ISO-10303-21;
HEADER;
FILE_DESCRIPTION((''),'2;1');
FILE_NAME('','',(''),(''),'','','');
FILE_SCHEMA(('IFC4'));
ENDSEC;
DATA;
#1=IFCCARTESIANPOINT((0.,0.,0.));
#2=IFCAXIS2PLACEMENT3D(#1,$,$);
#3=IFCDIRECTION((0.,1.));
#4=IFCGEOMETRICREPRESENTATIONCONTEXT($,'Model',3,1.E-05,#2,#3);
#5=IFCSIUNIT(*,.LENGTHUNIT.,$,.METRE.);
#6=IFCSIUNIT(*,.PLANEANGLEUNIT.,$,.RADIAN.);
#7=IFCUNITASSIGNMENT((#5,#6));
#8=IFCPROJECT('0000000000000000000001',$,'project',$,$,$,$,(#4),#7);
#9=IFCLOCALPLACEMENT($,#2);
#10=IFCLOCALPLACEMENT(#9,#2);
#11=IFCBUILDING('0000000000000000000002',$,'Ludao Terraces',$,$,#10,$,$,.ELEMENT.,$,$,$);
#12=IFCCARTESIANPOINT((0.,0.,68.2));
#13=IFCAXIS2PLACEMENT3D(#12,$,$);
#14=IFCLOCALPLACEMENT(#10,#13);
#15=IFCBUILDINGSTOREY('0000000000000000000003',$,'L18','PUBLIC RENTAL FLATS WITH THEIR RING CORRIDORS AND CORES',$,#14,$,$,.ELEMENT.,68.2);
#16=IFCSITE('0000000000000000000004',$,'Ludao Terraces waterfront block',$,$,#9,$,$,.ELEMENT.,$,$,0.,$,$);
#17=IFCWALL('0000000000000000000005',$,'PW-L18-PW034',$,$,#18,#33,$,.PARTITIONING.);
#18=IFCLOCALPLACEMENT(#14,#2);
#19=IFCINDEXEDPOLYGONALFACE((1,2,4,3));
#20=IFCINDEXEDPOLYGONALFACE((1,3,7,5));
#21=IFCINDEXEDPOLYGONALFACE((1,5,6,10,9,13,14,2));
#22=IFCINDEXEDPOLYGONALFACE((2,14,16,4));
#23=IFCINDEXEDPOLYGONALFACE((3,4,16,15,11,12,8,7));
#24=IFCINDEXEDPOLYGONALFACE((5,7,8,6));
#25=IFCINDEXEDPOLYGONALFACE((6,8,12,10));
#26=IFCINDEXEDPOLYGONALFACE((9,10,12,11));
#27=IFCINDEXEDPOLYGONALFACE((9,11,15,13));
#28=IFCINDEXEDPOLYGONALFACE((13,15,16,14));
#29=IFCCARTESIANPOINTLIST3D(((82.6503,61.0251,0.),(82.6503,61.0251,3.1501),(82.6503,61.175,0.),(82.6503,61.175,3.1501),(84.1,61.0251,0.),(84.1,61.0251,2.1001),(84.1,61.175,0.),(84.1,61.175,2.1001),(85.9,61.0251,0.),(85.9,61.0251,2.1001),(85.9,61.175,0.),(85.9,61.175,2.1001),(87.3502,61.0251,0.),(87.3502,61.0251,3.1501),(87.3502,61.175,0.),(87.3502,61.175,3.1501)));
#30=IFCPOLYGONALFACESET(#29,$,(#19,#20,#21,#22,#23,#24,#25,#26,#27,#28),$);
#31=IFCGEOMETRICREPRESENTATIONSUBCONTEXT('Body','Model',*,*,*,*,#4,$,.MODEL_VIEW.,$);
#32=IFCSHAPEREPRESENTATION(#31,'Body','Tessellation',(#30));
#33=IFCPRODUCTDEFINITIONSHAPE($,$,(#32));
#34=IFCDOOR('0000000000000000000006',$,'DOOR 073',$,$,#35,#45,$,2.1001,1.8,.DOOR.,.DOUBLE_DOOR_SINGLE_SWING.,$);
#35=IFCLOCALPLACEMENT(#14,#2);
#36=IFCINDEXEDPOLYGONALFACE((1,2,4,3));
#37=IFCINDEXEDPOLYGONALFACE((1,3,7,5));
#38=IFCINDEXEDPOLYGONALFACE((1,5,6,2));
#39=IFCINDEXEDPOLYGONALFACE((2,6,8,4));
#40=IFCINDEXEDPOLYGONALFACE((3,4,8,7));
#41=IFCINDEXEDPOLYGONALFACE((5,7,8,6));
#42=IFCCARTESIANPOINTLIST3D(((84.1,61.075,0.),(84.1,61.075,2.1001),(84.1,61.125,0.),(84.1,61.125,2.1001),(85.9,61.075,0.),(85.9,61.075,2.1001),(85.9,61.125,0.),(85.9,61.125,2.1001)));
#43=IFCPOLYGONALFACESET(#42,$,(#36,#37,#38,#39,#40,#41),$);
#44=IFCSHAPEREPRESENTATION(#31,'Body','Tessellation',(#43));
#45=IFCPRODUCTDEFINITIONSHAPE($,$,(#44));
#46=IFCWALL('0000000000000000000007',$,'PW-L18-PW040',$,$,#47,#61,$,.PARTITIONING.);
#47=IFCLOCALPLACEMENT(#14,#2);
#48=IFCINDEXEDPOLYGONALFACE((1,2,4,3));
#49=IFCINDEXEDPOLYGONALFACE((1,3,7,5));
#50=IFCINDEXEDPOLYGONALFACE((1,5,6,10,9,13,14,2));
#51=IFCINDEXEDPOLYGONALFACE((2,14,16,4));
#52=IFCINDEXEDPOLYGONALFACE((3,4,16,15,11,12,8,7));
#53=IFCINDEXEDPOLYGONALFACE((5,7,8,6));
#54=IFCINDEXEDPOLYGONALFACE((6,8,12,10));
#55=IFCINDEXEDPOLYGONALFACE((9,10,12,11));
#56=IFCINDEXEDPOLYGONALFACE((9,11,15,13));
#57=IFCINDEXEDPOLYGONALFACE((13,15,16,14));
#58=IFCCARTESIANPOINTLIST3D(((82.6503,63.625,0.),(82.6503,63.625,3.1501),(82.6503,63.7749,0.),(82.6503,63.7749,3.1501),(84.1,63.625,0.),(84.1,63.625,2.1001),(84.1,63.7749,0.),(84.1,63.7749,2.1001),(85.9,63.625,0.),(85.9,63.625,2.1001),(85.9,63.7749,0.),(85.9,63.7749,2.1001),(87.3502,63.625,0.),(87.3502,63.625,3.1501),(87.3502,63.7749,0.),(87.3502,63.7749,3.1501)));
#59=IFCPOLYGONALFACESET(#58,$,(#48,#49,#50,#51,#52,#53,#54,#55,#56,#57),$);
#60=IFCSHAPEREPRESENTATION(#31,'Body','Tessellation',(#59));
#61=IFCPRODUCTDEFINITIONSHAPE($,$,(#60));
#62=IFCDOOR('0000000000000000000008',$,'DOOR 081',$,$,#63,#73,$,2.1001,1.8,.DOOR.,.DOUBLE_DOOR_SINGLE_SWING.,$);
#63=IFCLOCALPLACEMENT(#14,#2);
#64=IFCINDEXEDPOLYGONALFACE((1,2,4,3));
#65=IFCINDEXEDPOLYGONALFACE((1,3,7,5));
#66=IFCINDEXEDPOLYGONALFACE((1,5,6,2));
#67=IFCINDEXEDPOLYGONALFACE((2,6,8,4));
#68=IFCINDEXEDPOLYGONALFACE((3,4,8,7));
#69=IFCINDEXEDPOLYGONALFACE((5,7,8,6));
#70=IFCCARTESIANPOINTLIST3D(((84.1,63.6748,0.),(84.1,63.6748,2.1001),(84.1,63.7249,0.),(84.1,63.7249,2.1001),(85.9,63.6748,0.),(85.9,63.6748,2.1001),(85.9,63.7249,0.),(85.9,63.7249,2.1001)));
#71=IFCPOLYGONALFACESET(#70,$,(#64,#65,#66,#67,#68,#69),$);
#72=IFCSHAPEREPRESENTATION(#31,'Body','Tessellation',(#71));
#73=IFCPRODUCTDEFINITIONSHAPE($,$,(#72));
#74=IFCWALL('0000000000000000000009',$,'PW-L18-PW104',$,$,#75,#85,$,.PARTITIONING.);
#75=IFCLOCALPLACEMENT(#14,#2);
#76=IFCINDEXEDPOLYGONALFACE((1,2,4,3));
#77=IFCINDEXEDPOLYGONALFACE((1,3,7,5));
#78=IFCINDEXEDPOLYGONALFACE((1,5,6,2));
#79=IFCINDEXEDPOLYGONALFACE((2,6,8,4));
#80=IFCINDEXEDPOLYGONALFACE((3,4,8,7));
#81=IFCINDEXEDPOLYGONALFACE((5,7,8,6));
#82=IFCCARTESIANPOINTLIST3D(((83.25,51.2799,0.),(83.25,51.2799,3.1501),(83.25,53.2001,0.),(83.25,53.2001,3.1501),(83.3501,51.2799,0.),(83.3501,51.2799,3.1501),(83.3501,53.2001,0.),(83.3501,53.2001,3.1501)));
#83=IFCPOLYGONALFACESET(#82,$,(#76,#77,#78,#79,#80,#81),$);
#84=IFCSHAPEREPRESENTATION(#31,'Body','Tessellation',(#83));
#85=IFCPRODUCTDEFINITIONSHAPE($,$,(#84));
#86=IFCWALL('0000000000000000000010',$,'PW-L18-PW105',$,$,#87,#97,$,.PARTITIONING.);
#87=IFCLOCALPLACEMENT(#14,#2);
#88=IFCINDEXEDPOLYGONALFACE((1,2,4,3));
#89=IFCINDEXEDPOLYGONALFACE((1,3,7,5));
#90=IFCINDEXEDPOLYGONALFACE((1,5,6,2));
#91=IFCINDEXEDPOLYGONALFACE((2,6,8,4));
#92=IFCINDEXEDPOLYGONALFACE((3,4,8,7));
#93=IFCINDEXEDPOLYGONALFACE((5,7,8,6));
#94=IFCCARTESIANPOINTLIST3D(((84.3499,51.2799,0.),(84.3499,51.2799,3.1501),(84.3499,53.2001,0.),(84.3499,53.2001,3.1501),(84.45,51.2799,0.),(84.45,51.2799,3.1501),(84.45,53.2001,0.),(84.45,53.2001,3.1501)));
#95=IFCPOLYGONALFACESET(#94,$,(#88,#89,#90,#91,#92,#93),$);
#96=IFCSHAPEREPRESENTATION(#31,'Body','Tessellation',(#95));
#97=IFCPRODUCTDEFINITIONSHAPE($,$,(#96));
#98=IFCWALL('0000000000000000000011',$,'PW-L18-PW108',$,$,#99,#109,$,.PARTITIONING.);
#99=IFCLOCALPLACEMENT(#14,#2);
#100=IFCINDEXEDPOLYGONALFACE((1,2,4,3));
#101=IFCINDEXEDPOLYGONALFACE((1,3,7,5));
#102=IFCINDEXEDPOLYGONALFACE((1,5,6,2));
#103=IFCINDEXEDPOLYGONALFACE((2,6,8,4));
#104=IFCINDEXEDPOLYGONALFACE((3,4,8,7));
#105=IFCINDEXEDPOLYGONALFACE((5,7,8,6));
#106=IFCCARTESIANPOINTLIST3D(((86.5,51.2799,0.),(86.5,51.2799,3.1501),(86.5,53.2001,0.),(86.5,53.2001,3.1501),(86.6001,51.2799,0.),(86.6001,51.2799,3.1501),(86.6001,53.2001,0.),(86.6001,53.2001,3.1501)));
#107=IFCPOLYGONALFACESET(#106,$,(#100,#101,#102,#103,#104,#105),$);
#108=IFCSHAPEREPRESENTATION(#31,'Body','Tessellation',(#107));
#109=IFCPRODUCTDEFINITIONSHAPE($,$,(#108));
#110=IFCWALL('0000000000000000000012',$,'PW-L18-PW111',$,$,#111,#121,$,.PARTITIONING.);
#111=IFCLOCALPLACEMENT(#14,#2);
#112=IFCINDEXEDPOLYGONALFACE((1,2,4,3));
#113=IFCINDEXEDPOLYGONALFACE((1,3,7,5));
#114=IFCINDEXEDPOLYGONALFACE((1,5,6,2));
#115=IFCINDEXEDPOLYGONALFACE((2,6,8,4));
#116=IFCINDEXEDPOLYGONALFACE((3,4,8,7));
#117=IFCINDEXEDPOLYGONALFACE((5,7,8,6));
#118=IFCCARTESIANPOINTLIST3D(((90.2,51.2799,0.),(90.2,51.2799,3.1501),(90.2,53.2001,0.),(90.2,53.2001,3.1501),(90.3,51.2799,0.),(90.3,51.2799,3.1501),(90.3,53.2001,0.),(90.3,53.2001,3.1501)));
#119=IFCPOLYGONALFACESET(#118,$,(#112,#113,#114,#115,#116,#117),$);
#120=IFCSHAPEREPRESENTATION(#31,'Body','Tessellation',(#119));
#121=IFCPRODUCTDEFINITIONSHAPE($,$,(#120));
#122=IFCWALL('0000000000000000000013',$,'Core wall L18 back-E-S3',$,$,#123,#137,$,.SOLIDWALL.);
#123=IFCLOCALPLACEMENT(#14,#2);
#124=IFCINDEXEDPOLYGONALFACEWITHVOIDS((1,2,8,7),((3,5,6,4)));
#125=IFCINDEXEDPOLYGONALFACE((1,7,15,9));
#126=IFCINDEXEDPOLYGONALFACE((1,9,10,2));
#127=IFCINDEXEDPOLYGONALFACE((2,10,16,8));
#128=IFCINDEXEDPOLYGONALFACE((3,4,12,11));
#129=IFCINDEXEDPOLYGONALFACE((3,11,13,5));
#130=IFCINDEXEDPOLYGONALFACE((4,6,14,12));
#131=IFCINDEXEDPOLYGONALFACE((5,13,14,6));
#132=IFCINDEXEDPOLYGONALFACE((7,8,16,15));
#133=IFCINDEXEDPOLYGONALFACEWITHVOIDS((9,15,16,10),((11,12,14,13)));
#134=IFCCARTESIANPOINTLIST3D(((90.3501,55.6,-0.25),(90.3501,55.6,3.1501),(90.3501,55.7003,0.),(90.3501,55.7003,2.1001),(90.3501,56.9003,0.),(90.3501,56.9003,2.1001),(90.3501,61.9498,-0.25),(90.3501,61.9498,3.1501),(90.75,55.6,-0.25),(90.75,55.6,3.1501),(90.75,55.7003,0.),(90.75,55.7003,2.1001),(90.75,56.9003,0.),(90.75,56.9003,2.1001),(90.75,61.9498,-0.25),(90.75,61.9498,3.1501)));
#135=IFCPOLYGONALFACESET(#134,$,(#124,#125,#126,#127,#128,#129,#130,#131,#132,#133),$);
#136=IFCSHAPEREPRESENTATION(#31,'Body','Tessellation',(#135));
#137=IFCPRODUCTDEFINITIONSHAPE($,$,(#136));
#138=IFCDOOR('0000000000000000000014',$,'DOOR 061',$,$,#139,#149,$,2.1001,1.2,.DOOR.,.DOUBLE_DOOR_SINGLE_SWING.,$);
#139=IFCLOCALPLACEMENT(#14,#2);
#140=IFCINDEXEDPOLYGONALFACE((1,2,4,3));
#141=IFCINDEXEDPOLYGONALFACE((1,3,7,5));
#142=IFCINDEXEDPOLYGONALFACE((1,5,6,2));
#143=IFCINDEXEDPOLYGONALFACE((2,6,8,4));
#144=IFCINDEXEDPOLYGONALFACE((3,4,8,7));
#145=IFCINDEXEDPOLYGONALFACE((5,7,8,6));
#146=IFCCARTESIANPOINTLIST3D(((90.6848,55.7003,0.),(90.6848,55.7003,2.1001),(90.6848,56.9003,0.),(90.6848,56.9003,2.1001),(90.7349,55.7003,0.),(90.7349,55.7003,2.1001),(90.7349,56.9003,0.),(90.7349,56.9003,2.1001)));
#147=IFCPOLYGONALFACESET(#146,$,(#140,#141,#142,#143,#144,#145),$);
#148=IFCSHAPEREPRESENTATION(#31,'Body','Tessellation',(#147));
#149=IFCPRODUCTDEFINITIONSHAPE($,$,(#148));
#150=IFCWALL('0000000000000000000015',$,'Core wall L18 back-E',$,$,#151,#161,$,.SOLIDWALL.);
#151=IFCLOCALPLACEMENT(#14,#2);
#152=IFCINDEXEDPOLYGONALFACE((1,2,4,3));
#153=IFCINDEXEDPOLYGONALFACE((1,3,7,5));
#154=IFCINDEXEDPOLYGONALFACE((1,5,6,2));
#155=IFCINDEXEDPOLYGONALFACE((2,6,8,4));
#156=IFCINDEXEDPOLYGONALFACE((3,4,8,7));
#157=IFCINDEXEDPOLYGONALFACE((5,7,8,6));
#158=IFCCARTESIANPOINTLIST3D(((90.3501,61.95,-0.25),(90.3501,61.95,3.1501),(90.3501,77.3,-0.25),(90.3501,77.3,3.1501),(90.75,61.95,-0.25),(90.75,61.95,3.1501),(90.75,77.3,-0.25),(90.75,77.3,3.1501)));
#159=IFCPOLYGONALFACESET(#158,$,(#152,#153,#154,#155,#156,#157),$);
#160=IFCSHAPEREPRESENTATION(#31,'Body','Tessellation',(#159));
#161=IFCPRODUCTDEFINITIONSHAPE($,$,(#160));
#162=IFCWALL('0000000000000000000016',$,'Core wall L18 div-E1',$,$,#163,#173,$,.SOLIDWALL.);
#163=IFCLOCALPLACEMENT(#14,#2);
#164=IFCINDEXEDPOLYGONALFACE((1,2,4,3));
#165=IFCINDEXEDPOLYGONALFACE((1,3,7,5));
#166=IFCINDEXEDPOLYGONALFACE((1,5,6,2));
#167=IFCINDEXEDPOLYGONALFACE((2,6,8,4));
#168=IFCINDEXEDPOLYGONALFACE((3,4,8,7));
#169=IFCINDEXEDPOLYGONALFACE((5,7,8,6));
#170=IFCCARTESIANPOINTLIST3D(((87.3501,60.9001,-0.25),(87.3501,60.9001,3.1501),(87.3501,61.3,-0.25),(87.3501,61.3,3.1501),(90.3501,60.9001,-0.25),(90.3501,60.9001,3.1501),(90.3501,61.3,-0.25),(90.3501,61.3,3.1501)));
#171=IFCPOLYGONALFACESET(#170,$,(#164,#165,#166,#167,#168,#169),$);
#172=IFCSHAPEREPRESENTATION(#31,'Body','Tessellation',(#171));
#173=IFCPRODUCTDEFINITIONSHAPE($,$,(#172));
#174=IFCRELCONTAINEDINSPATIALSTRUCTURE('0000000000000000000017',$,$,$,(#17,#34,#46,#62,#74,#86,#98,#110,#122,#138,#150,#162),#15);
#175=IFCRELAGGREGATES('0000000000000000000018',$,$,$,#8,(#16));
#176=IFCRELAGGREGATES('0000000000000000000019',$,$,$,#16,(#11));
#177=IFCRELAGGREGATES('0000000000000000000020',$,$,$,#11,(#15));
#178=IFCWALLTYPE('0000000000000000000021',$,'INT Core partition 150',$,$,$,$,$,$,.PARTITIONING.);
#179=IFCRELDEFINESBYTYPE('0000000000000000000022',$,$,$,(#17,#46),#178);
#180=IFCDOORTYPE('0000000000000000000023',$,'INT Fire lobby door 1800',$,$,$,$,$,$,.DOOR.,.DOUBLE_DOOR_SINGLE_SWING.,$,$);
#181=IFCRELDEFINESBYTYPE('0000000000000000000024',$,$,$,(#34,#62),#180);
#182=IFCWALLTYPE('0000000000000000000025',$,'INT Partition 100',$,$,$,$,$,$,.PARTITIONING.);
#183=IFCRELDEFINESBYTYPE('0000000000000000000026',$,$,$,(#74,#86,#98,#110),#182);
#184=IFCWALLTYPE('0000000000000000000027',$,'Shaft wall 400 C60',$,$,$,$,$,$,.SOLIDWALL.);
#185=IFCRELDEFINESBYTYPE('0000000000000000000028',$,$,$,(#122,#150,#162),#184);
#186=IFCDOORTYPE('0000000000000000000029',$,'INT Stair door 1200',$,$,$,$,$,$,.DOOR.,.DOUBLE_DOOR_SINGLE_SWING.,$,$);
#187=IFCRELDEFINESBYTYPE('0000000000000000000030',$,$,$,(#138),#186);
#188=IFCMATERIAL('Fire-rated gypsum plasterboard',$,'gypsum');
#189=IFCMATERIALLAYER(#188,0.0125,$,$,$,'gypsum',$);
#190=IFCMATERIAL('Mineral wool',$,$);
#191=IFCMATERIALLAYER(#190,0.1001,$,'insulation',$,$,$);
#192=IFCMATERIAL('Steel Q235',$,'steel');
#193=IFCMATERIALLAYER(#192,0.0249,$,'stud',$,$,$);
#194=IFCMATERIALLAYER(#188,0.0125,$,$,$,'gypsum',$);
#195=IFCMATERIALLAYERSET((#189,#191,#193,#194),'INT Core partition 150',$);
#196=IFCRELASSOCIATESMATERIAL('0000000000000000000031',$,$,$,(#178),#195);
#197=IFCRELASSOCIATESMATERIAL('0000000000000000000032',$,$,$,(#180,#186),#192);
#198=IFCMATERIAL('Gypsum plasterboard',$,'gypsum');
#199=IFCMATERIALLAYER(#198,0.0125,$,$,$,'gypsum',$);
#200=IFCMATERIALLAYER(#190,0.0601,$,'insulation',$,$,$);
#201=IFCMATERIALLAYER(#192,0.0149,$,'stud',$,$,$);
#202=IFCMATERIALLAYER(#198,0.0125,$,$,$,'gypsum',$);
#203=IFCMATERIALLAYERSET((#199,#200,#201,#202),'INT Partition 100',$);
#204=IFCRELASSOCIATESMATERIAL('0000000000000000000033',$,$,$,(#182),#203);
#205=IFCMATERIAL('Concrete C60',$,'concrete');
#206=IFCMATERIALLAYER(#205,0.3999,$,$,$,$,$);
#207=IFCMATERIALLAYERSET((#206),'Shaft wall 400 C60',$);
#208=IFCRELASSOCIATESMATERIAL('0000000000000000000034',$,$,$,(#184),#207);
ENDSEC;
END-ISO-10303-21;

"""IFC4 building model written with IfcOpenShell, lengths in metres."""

from ifc_helpers import new_model, si_unit, direction, frame, frame_2d, origin, place, context, subcontext, project, spatial, rectangle, extrude, material, layer, layer_set, type_object, element, fill, save


model = new_model("IFC4")

# Units and contexts
model_context = context("Model", 3, precision=1e-05, world=origin(), true_north=direction((0.0, 1.0)))
body_context = subcontext(model_context, "Body", "Model", "MODEL_VIEW")
ifc_project = project(units=[si_unit("LENGTHUNIT", "METRE"), si_unit("PLANEANGLEUNIT", "RADIAN")], contexts=[model_context])

# Site, building, storey
site_placement = place(None, origin())
site = spatial("IfcSite", under=ifc_project, at=site_placement, Name="Ludao Terraces waterfront block", CompositionType="ELEMENT", RefElevation=0.0)
building_placement = place(site_placement, origin())
building = spatial("IfcBuilding", under=site, at=building_placement, Name="Ludao Terraces", CompositionType="ELEMENT")
storey_placement = place(building_placement, frame((0.0, 0.0, 68.2)))
storey = spatial("IfcBuildingStorey", under=building, at=storey_placement, Name="L18", Description="PUBLIC RENTAL FLATS WITH THEIR RING CORRIDORS AND CORES", CompositionType="ELEMENT", Elevation=68.2)

# Walls, openings, doors
ifc_material_1 = material(Name="Fire-rated gypsum plasterboard", Category="gypsum")
ifc_layer_1 = layer(ifc_material_1, 0.0125, Category="gypsum")
ifc_material_2 = material(Name="Mineral wool")
ifc_layer_2 = layer(ifc_material_2, 0.1001, Name="insulation")
ifc_material_3 = material(Name="Steel Q235", Category="steel")
ifc_layer_3 = layer(ifc_material_3, 0.0249, Name="stud")
ifc_layer_4 = layer(ifc_material_1, 0.0125, Category="gypsum")
ifc_layer_set_1 = layer_set([ifc_layer_1, ifc_layer_2, ifc_layer_3, ifc_layer_4], Name="INT Core partition 150")
wall_type_1 = type_object("IfcWallType", Name="INT Core partition 150", PredefinedType="PARTITIONING", material=ifc_layer_set_1)
wall_1_placement = place(storey_placement, frame((82.6501, 61.1001, 0.0), z_axis=(0.0, 0.0, 1.0), x_axis=(1.0, 0.0, 0.0)))
wall_1 = element("IfcWall", 1, at=wall_1_placement, inside=storey, type_object=wall_type_1, Name="PW-L18-PW034", PredefinedType="PARTITIONING", context=body_context, shape_type="SweptSolid", body=[
    extrude(rectangle(XDim=4.7, YDim=0.1499, at=frame_2d((2.3501, 0.0))), origin(), (0.0, 0.0, 1.0), 3.1501),
])
opening_1_placement = place(wall_1_placement, frame((1.45, 0.0, 0.0)))
opening_1 = element("IfcOpeningElement", 2, at=opening_1_placement, cuts=wall_1, PredefinedType="OPENING", context=body_context, shape_type="SweptSolid", body=[
    extrude(rectangle(XDim=1.8, YDim=2.1001, at=frame_2d((0.8999, 1.05))), frame((0.0, 0.085, 0.0), z_axis=(0.0, -1.0, 0.0), x_axis=(1.0, 0.0, 0.0)), (0.0, 0.0, 1.0), 0.1699),
])
door_type_1 = type_object("IfcDoorType", Name="INT Fire lobby door 1800", OperationType="DOUBLE_DOOR_SINGLE_SWING", PredefinedType="DOOR", material=ifc_material_3)
door_1_placement = place(opening_1_placement, origin())
door_1 = element("IfcDoor", 3, at=door_1_placement, inside=storey, type_object=door_type_1, Name="DOOR 073", OperationType="DOUBLE_DOOR_SINGLE_SWING", OverallHeight=2.1001, OverallWidth=1.8, PredefinedType="DOOR", context=body_context, shape_type="SweptSolid", body=[
    extrude(rectangle(XDim=1.8, YDim=2.1001, at=frame_2d((0.8999, 1.05))), frame((0.0, 0.0249, 0.0), z_axis=(0.0, -1.0, 0.0), x_axis=(1.0, 0.0, 0.0)), (0.0, 0.0, 1.0), 0.05),
])
fill(opening_1, door_1)
wall_2_placement = place(storey_placement, frame((82.6501, 63.7, 0.0), z_axis=(0.0, 0.0, 1.0), x_axis=(1.0, 0.0, 0.0)))
wall_2 = element("IfcWall", 4, at=wall_2_placement, inside=storey, type_object=wall_type_1, Name="PW-L18-PW040", PredefinedType="PARTITIONING", context=body_context, shape_type="SweptSolid", body=[
    extrude(rectangle(XDim=4.7, YDim=0.1499, at=frame_2d((2.3501, 0.0))), origin(), (0.0, 0.0, 1.0), 3.1501),
])
opening_2_placement = place(wall_2_placement, frame((1.45, 0.0, 0.0)))
opening_2 = element("IfcOpeningElement", 5, at=opening_2_placement, cuts=wall_2, PredefinedType="OPENING", context=body_context, shape_type="SweptSolid", body=[
    extrude(rectangle(XDim=1.8, YDim=2.1001, at=frame_2d((0.8999, 1.05))), frame((0.0, 0.085, 0.0), z_axis=(0.0, -1.0, 0.0), x_axis=(1.0, 0.0, 0.0)), (0.0, 0.0, 1.0), 0.1699),
])
door_2_placement = place(opening_2_placement, origin())
door_2 = element("IfcDoor", 6, at=door_2_placement, inside=storey, type_object=door_type_1, Name="DOOR 081", OperationType="DOUBLE_DOOR_SINGLE_SWING", OverallHeight=2.1001, OverallWidth=1.8, PredefinedType="DOOR", context=body_context, shape_type="SweptSolid", body=[
    extrude(rectangle(XDim=1.8, YDim=2.1001, at=frame_2d((0.8999, 1.05))), frame((0.0, 0.0249, 0.0), z_axis=(0.0, -1.0, 0.0), x_axis=(1.0, 0.0, 0.0)), (0.0, 0.0, 1.0), 0.05),
])
fill(opening_2, door_2)

# Walls
ifc_material_4 = material(Name="Gypsum plasterboard", Category="gypsum")
ifc_layer_5 = layer(ifc_material_4, 0.0125, Category="gypsum")
ifc_layer_6 = layer(ifc_material_2, 0.0601, Name="insulation")
ifc_layer_7 = layer(ifc_material_3, 0.0149, Name="stud")
ifc_layer_8 = layer(ifc_material_4, 0.0125, Category="gypsum")
ifc_layer_set_2 = layer_set([ifc_layer_5, ifc_layer_6, ifc_layer_7, ifc_layer_8], Name="INT Partition 100")
wall_type_2 = type_object("IfcWallType", Name="INT Partition 100", PredefinedType="PARTITIONING", material=ifc_layer_set_2)
for number, where, z_axis, x_axis, name in (
    (7, (83.3, 51.28, 0.0), (0.0, 0.0, 1.0), (0.0, 1.0, 0.0), "PW-L18-PW104"),
    (8, (84.3999, 51.28, 0.0), (0.0, 0.0, 1.0), (0.0, 1.0, 0.0), "PW-L18-PW105"),
    (9, (86.55, 51.28, 0.0), (0.0, 0.0, 1.0), (0.0, 1.0, 0.0), "PW-L18-PW108"),
    (10, (90.25, 51.28, 0.0), (0.0, 0.0, 1.0), (0.0, 1.0, 0.0), "PW-L18-PW111"),
):
    element("IfcWall", number, at=place(storey_placement, frame(where, z_axis=z_axis, x_axis=x_axis)), inside=storey, type_object=wall_type_2, Name=name, PredefinedType="PARTITIONING", context=body_context, shape_type="SweptSolid", body=[
        extrude(rectangle(XDim=1.9202, YDim=0.1001, at=frame_2d((0.96, 0.0))), origin(), (0.0, 0.0, 1.0), 3.1501),
    ])

# Wall, opening, door
ifc_material_5 = material(Name="Concrete C60", Category="concrete")
ifc_layer_9 = layer(ifc_material_5, 0.3999)
ifc_layer_set_3 = layer_set([ifc_layer_9], Name="Shaft wall 400 C60")
wall_type_3 = type_object("IfcWallType", Name="Shaft wall 400 C60", PredefinedType="SOLIDWALL", material=ifc_layer_set_3)
wall_3_placement = place(storey_placement, frame((90.55, 55.6001, -0.25), z_axis=(0.0, 0.0, 1.0), x_axis=(0.0, 1.0, 0.0)))
wall_3 = element("IfcWall", 11, at=wall_3_placement, inside=storey, type_object=wall_type_3, Name="Core wall L18 back-E-S3", PredefinedType="SOLIDWALL", context=body_context, shape_type="SweptSolid", body=[
    extrude(rectangle(XDim=6.3499, YDim=0.3999, at=frame_2d((3.1748, 0.0))), origin(), (0.0, 0.0, 1.0), 3.4001),
])
opening_3_placement = place(wall_3_placement, frame((0.1001, 0.0, 0.25)))
opening_3 = element("IfcOpeningElement", 12, at=opening_3_placement, cuts=wall_3, PredefinedType="OPENING", context=body_context, shape_type="SweptSolid", body=[
    extrude(rectangle(XDim=1.2, YDim=2.1001, at=frame_2d((0.6001, 1.05))), frame((0.0, 0.21, 0.0), z_axis=(0.0, -1.0, 0.0), x_axis=(1.0, 0.0, 0.0)), (0.0, 0.0, 1.0), 0.4199),
])
door_type_2 = type_object("IfcDoorType", Name="INT Stair door 1200", OperationType="DOUBLE_DOOR_SINGLE_SWING", PredefinedType="DOOR", material=ifc_material_3)
door_3_placement = place(opening_3_placement, origin())
door_3 = element("IfcDoor", 13, at=door_3_placement, inside=storey, type_object=door_type_2, Name="DOOR 061", OperationType="DOUBLE_DOOR_SINGLE_SWING", OverallHeight=2.1001, OverallWidth=1.2, PredefinedType="DOOR", context=body_context, shape_type="SweptSolid", body=[
    extrude(rectangle(XDim=1.2, YDim=2.1001, at=frame_2d((0.6001, 1.05))), frame((0.0, -0.1348, 0.0), z_axis=(0.0, -1.0, 0.0), x_axis=(1.0, 0.0, 0.0)), (0.0, 0.0, 1.0), 0.05),
])
fill(opening_3, door_3)

# Walls
wall_4_placement = place(storey_placement, frame((90.55, 61.95, -0.25), z_axis=(0.0, 0.0, 1.0), x_axis=(0.0, 1.0, 0.0)))
element("IfcWall", 14, at=wall_4_placement, inside=storey, type_object=wall_type_3, Name="Core wall L18 back-E", PredefinedType="SOLIDWALL", context=body_context, shape_type="SweptSolid", body=[
    extrude(rectangle(XDim=15.3501, YDim=0.3999, at=frame_2d((7.675, 0.0))), origin(), (0.0, 0.0, 1.0), 3.4001),
])
wall_5_placement = place(storey_placement, frame((87.3501, 61.1001, -0.25), z_axis=(0.0, 0.0, 1.0), x_axis=(1.0, 0.0, 0.0)))
element("IfcWall", 15, at=wall_5_placement, inside=storey, type_object=wall_type_3, Name="Core wall L18 div-E1", PredefinedType="SOLIDWALL", context=body_context, shape_type="SweptSolid", body=[
    extrude(rectangle(XDim=3.0, YDim=0.3999, at=frame_2d((1.5, 0.0))), origin(), (0.0, 0.0, 1.0), 3.4001),
])

save(model, "model.ifc")
